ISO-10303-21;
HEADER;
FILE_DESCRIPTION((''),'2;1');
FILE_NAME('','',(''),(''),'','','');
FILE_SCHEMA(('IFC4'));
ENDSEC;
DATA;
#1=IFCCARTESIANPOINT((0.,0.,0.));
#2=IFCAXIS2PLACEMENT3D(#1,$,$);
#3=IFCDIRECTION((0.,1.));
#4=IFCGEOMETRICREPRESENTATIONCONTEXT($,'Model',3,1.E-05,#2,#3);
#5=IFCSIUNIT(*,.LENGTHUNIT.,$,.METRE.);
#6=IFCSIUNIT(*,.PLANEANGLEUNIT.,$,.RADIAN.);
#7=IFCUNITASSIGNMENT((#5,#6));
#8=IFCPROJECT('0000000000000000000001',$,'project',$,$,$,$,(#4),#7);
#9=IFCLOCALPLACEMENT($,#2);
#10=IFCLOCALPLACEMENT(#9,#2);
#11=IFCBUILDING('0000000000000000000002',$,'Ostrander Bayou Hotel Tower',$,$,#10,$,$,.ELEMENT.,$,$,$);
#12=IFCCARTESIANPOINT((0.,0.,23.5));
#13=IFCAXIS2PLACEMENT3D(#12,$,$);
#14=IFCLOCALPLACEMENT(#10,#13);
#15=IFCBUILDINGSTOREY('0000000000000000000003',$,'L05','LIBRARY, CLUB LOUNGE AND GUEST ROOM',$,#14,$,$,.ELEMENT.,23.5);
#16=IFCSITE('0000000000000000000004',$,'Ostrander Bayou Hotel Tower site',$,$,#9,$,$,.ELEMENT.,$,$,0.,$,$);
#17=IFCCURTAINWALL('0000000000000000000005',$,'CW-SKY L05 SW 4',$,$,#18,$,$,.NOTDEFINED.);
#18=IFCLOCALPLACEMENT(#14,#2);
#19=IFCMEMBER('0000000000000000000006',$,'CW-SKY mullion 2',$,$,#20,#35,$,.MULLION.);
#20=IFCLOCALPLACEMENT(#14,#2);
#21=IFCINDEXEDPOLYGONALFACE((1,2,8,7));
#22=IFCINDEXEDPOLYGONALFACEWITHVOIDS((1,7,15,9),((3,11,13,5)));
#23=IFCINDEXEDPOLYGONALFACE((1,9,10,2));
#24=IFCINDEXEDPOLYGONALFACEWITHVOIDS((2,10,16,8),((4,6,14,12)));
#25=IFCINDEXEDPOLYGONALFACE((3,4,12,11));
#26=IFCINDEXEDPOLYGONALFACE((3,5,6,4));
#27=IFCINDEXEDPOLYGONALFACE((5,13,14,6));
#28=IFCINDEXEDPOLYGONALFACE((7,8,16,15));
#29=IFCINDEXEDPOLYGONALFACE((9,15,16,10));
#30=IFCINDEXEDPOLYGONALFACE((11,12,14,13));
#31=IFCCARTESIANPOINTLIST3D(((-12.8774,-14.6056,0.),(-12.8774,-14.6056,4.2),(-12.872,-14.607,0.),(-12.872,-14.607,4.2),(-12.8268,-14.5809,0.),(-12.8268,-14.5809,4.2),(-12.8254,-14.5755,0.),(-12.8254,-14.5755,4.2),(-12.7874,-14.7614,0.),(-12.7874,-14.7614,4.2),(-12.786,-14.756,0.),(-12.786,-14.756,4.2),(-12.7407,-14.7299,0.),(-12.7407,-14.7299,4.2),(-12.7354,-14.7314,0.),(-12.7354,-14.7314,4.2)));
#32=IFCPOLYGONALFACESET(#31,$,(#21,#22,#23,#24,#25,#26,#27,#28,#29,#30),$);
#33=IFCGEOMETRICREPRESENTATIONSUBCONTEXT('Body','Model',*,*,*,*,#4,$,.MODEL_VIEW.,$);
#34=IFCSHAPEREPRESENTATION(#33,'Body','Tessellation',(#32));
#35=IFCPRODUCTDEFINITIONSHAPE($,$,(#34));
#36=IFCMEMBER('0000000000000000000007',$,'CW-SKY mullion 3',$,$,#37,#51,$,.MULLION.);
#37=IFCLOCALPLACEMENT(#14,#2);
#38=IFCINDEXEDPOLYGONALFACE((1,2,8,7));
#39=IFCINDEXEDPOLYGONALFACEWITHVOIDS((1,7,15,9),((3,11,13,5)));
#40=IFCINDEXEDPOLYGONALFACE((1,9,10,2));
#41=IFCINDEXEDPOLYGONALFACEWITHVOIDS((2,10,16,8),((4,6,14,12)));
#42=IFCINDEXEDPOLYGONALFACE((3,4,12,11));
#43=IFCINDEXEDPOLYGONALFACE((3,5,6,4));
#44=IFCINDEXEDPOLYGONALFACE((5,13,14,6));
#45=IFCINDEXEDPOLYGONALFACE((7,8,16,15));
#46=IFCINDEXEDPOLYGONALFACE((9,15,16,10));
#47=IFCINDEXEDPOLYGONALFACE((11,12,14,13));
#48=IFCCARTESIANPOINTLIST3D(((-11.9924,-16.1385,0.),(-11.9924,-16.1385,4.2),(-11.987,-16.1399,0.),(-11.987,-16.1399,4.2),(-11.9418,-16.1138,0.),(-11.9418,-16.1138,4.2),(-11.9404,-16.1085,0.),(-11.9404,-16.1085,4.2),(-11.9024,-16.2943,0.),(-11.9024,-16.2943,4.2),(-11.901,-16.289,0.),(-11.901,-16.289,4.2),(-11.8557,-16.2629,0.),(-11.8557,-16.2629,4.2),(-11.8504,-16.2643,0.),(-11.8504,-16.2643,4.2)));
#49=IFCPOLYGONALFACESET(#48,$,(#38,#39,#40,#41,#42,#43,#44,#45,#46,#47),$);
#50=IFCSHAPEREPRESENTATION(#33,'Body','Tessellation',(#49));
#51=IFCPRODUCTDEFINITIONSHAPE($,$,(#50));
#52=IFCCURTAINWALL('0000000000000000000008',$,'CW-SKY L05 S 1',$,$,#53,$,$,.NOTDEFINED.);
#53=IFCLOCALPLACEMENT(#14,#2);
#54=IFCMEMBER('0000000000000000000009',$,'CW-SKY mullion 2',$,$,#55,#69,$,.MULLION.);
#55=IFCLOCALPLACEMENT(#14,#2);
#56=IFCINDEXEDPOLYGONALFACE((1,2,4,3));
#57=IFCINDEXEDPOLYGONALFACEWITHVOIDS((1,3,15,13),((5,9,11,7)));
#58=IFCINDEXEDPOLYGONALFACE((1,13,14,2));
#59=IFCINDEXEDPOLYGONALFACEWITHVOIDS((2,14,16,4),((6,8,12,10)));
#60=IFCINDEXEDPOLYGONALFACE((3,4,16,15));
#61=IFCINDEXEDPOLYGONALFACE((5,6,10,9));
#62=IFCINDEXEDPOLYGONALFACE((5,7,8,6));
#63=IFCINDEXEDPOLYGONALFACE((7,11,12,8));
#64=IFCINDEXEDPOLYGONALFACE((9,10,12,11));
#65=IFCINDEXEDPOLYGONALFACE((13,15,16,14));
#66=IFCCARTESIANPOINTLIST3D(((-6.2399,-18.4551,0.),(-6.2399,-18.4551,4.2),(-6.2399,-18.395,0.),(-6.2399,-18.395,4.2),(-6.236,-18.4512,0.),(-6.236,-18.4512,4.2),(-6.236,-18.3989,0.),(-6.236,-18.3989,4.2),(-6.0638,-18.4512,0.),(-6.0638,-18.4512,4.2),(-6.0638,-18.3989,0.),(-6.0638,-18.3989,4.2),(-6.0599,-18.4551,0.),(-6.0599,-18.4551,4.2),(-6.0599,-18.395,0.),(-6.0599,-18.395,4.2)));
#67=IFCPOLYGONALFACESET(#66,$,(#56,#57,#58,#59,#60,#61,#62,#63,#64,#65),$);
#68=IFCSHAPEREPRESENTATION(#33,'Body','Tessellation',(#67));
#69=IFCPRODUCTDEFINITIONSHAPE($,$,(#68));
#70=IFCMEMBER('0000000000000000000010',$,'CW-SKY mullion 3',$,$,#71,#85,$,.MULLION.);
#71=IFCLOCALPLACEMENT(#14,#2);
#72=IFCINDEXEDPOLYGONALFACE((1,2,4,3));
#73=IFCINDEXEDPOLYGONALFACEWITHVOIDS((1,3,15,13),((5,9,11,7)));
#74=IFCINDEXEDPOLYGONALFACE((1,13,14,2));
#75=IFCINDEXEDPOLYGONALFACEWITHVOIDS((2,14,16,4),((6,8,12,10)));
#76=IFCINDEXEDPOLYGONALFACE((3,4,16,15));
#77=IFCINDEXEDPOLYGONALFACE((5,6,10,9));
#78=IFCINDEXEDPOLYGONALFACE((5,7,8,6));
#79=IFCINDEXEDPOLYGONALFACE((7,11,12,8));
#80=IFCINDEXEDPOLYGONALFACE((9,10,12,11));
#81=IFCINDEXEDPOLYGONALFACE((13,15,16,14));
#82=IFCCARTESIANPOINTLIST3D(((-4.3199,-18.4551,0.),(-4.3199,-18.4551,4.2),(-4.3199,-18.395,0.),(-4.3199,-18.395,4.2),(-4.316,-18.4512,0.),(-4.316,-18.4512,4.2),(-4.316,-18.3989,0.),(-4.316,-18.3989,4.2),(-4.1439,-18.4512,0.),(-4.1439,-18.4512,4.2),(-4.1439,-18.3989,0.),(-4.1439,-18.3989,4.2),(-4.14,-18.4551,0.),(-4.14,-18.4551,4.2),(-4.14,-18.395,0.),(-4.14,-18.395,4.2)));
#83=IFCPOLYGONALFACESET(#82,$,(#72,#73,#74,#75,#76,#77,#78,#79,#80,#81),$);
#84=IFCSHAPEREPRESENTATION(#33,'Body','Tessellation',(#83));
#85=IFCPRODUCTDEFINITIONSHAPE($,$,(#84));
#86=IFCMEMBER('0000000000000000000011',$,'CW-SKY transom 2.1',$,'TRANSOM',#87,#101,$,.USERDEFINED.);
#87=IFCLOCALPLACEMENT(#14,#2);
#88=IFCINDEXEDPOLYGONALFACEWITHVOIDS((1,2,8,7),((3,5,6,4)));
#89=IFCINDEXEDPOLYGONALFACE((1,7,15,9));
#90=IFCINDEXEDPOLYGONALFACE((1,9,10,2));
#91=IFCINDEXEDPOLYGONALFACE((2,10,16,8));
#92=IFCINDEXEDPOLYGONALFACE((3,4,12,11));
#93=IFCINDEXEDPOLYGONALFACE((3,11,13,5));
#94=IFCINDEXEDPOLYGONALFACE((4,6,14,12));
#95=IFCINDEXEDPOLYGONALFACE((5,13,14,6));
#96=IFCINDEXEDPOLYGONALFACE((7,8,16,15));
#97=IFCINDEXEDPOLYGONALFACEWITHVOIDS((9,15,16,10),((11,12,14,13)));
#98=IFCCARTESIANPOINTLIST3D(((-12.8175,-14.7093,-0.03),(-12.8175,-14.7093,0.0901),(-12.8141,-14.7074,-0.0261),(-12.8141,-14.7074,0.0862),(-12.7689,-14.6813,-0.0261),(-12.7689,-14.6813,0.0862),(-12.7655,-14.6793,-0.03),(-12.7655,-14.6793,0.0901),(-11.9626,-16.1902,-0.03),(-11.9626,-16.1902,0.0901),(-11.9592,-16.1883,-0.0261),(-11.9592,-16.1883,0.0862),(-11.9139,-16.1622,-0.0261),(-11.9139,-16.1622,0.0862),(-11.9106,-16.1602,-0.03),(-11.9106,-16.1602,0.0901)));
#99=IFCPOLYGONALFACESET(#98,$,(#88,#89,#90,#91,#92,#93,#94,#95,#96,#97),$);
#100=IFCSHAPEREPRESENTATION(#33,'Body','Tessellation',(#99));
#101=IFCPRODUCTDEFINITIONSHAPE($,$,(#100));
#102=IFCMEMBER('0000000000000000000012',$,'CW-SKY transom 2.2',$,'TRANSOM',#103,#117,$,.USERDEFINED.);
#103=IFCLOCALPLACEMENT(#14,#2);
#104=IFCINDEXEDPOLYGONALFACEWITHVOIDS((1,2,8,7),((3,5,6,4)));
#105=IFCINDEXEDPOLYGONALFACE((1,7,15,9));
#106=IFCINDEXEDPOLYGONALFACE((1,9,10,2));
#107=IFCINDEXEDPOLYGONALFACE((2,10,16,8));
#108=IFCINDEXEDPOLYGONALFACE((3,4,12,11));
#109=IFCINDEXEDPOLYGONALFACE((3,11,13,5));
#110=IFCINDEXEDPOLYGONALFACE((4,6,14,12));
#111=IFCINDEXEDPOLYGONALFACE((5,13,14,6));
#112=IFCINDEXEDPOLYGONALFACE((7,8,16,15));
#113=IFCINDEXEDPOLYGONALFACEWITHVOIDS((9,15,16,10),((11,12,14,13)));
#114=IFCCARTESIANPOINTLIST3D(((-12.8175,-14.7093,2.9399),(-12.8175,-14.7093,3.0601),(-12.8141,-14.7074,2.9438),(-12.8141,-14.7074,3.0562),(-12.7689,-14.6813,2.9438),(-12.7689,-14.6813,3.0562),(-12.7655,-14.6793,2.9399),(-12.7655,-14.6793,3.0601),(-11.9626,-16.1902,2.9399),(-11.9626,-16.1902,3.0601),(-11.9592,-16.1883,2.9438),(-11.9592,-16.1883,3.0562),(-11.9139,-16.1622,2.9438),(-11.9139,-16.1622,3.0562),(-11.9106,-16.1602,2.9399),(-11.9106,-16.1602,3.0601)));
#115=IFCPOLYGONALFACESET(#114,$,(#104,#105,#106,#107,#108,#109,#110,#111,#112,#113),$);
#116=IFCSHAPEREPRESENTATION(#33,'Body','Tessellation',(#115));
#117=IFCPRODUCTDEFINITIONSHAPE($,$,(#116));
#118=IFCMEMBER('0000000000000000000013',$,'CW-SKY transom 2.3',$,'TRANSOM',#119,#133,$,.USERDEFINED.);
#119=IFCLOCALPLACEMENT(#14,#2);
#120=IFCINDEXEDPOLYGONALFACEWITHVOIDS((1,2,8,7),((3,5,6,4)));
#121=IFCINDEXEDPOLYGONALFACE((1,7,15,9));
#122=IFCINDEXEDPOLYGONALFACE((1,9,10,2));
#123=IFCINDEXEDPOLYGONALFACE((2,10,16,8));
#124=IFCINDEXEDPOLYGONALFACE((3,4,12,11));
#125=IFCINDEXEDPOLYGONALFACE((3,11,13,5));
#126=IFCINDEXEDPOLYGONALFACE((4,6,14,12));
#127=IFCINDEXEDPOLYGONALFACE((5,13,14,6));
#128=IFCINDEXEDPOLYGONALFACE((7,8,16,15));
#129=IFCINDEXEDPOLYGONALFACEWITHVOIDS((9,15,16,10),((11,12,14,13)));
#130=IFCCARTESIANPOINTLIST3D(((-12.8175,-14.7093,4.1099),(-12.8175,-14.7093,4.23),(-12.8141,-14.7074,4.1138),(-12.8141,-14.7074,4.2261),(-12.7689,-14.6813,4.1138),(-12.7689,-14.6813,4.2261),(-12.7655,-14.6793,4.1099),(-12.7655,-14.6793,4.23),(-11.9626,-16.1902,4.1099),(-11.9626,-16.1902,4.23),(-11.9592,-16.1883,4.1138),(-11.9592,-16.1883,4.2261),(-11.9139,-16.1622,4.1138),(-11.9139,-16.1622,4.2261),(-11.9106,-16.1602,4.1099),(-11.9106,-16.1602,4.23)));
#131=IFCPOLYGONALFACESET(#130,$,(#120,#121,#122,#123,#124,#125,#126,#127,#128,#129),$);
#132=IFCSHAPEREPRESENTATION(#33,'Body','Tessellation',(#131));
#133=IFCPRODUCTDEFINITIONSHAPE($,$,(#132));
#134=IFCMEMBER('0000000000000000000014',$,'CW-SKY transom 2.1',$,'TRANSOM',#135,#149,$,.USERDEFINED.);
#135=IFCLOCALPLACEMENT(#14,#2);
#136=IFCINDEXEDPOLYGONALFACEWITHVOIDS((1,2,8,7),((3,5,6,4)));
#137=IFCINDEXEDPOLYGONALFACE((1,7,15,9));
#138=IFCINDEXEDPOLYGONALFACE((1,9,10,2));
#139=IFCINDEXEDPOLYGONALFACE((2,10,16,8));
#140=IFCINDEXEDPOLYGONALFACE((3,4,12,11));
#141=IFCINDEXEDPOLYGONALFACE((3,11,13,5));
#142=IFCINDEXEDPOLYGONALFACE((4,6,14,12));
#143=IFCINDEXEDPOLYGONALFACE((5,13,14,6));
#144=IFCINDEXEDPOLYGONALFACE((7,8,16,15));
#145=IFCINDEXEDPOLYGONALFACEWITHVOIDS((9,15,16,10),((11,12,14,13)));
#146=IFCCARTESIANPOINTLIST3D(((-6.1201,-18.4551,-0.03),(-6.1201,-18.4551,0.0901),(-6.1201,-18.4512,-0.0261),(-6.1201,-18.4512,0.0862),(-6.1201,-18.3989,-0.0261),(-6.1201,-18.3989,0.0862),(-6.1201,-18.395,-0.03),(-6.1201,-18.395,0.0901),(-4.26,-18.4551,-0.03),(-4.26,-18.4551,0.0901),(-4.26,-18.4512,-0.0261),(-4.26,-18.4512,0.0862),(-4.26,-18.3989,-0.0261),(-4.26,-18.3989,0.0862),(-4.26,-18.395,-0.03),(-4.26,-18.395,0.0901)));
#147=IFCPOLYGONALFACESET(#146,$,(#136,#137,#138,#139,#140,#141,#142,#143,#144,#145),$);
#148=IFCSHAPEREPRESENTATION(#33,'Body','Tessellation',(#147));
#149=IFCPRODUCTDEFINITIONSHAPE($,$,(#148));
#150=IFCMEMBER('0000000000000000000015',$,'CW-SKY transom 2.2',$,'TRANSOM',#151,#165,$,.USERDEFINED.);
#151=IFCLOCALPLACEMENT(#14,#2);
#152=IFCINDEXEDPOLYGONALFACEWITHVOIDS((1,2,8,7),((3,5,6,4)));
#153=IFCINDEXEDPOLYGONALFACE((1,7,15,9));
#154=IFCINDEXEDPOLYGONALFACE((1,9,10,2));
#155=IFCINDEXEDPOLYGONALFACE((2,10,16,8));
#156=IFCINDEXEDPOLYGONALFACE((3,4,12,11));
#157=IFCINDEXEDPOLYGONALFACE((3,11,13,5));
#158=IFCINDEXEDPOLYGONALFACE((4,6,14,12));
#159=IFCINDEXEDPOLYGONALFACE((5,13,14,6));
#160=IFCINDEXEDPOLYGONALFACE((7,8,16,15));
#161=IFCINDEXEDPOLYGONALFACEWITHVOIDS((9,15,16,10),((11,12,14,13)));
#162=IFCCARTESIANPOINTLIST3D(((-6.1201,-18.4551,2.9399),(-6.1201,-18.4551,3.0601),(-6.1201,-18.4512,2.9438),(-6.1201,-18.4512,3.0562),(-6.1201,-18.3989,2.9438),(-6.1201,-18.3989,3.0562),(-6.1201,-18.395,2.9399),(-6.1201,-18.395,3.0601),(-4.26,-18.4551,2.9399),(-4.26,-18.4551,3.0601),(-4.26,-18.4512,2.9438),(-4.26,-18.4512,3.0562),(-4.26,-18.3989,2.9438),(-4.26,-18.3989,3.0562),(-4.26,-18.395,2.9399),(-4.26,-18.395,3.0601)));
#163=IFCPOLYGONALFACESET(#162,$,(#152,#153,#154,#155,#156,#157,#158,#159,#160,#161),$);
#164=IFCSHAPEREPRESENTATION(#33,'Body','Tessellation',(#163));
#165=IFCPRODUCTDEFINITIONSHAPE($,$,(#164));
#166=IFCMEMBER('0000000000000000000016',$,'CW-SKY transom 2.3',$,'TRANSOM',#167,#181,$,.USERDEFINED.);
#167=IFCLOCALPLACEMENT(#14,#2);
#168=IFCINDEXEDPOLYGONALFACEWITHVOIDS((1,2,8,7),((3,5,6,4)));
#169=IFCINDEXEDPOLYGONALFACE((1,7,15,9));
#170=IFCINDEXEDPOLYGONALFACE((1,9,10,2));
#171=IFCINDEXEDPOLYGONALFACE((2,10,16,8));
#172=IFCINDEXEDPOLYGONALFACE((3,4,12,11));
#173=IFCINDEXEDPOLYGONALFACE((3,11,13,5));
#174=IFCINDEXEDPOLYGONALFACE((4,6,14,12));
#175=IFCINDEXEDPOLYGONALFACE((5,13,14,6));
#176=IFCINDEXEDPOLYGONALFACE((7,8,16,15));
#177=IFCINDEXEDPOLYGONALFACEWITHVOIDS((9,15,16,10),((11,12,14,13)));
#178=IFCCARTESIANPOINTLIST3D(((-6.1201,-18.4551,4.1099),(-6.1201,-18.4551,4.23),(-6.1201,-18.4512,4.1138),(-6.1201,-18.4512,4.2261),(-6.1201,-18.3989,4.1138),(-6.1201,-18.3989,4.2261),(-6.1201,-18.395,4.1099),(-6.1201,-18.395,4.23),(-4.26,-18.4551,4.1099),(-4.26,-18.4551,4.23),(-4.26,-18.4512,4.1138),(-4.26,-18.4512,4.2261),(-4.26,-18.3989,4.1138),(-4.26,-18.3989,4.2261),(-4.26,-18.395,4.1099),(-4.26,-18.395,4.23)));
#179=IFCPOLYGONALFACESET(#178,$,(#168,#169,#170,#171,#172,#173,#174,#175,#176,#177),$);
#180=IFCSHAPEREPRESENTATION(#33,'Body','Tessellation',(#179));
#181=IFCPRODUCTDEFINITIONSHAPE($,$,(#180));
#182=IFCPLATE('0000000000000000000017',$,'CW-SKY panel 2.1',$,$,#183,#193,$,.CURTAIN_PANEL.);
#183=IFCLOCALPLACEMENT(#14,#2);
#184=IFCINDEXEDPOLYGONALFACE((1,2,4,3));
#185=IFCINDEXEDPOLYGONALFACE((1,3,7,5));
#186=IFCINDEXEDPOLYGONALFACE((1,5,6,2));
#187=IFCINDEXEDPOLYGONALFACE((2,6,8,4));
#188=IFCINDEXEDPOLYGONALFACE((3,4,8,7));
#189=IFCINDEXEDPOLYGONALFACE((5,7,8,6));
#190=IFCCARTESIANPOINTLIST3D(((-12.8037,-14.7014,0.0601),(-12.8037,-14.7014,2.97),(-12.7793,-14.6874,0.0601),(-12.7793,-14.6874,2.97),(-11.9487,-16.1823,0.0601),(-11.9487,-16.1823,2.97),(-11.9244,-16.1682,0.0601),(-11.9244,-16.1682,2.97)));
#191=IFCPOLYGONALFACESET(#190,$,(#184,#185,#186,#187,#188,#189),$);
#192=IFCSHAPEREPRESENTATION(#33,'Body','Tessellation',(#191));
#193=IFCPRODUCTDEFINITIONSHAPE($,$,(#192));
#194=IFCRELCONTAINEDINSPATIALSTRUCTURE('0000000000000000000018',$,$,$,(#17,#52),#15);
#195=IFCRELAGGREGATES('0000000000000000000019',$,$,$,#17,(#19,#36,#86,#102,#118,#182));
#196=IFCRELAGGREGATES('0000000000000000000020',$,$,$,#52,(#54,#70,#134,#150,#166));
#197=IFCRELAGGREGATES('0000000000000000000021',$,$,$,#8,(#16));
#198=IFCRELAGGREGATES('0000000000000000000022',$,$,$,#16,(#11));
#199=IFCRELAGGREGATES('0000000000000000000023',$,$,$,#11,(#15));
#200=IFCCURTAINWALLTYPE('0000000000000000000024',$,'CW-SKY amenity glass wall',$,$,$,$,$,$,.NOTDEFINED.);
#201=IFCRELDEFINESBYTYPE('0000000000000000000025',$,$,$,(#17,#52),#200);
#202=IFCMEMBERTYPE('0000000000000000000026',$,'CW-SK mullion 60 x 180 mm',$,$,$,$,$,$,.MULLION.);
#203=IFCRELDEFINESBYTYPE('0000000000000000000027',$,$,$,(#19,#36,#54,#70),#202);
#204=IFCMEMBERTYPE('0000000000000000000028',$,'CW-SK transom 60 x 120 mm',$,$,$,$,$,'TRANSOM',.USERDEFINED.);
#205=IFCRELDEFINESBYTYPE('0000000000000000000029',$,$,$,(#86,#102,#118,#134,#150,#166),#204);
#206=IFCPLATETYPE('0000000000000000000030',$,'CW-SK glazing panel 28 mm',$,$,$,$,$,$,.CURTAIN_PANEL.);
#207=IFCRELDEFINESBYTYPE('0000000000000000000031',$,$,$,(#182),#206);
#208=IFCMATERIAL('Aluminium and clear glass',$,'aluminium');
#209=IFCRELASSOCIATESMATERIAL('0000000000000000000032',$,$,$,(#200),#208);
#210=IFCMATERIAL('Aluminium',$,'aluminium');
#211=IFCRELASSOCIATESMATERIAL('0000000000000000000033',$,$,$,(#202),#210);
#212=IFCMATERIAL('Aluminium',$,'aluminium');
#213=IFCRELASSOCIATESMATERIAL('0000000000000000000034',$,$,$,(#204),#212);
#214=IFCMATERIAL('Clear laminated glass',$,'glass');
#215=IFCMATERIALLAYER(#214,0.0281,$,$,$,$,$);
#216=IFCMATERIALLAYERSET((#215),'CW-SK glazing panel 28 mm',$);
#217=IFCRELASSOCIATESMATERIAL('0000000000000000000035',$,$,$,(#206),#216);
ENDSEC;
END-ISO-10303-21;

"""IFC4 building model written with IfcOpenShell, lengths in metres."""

from ifc_helpers import new_model, si_unit, direction, frame, origin, origin_2d, place, context, subcontext, project, spatial, rectangle, hollow_rectangle, extrude, material, layer, layer_set, material_profile, profile_set, type_object, element, aggregate, save


model = new_model("IFC4")

# Units and contexts
model_context = context("Model", 3, precision=1e-05, world=origin(), true_north=direction((0.0, 1.0)))
body_context = subcontext(model_context, "Body", "Model", "MODEL_VIEW")
ifc_project = project(units=[si_unit("LENGTHUNIT", "METRE"), si_unit("PLANEANGLEUNIT", "RADIAN")], contexts=[model_context])

# Site, building, storey
site_placement = place(None, origin())
site = spatial("IfcSite", under=ifc_project, at=site_placement, Name="Ostrander Bayou Hotel Tower site", CompositionType="ELEMENT", RefElevation=0.0)
building_placement = place(site_placement, origin())
building = spatial("IfcBuilding", under=site, at=building_placement, Name="Ostrander Bayou Hotel Tower", CompositionType="ELEMENT")
storey_placement = place(building_placement, frame((0.0, 0.0, 23.5)))
storey = spatial("IfcBuildingStorey", under=building, at=storey_placement, Name="L05", Description="LIBRARY, CLUB LOUNGE AND GUEST ROOM", CompositionType="ELEMENT", Elevation=23.5)

# Curtain walls, members
ifc_material_1 = material(Name="Aluminium and clear glass", Category="aluminium")
curtain_wall_type = type_object("IfcCurtainWallType", Name="CW-SKY amenity glass wall", PredefinedType="NOTDEFINED", material=ifc_material_1)
curtain_wall_1_placement = place(storey_placement, origin())
curtain_wall_1 = element("IfcCurtainWall", 1, at=curtain_wall_1_placement, inside=storey, type_object=curtain_wall_type, Name="CW-SKY L05 SW 4", PredefinedType="NOTDEFINED")
ifc_material_2 = material(Name="Aluminium", Category="aluminium")
ifc_material_profile_1 = material_profile(ifc_material_2, hollow_rectangle(XDim=0.0601, YDim=0.1799, WallThickness=0.0039, at=origin_2d()))
ifc_profile_set_1 = profile_set([ifc_material_profile_1], Name="Aluminium")
member_type_1 = type_object("IfcMemberType", Name="CW-SK mullion 60 x 180 mm", PredefinedType="MULLION", material=ifc_profile_set_1)
member_1_placement = place(storey_placement, frame((-12.8064, -14.6685, 0.0), z_axis=(0.0, 0.0, 1.0), x_axis=(0.866026, 0.499999, 0.0)))
member_1 = element("IfcMember", 2, at=member_1_placement, type_object=member_type_1, Name="CW-SKY mullion 2", PredefinedType="MULLION", context=body_context, shape_type="SweptSolid", body=[
    extrude(hollow_rectangle(XDim=0.0601, YDim=0.1799, WallThickness=0.0039, at=origin_2d()), origin(), (0.0, 0.0, 1.0), 4.2),
])
member_2_placement = place(storey_placement, frame((-11.9214, -16.2014, 0.0), z_axis=(0.0, 0.0, 1.0), x_axis=(0.866026, 0.499999, 0.0)))
member_2 = element("IfcMember", 3, at=member_2_placement, type_object=member_type_1, Name="CW-SKY mullion 3", PredefinedType="MULLION", context=body_context, shape_type="SweptSolid", body=[
    extrude(hollow_rectangle(XDim=0.0601, YDim=0.1799, WallThickness=0.0039, at=origin_2d()), origin(), (0.0, 0.0, 1.0), 4.2),
])
curtain_wall_2_placement = place(storey_placement, origin())
curtain_wall_2 = element("IfcCurtainWall", 4, at=curtain_wall_2_placement, inside=storey, type_object=curtain_wall_type, Name="CW-SKY L05 S 1", PredefinedType="NOTDEFINED")
member_3_placement = place(storey_placement, frame((-6.1499, -18.425, 0.0), z_axis=(0.0, 0.0, 1.0), x_axis=(0.0, 1.0, 0.0)))
member_3 = element("IfcMember", 5, at=member_3_placement, type_object=member_type_1, Name="CW-SKY mullion 2", PredefinedType="MULLION", context=body_context, shape_type="SweptSolid", body=[
    extrude(hollow_rectangle(XDim=0.0601, YDim=0.1799, WallThickness=0.0039, at=origin_2d()), origin(), (0.0, 0.0, 1.0), 4.2),
])
member_4_placement = place(storey_placement, frame((-4.23, -18.425, 0.0), z_axis=(0.0, 0.0, 1.0), x_axis=(0.0, 1.0, 0.0)))
member_4 = element("IfcMember", 6, at=member_4_placement, type_object=member_type_1, Name="CW-SKY mullion 3", PredefinedType="MULLION", context=body_context, shape_type="SweptSolid", body=[
    extrude(hollow_rectangle(XDim=0.0601, YDim=0.1799, WallThickness=0.0039, at=origin_2d()), origin(), (0.0, 0.0, 1.0), 4.2),
])

# Members
ifc_material_3 = material(Name="Aluminium", Category="aluminium")
ifc_material_profile_2 = material_profile(ifc_material_3, hollow_rectangle(XDim=0.0601, YDim=0.1201, WallThickness=0.0039, at=origin_2d()))
ifc_profile_set_2 = profile_set([ifc_material_profile_2], Name="Aluminium")
member_type_2 = type_object("IfcMemberType", Name="CW-SK transom 60 x 120 mm", ElementType="TRANSOM", PredefinedType="USERDEFINED", material=ifc_profile_set_2)
member_5_placement = place(storey_placement, frame((-12.7915, -14.6943, 0.03), z_axis=(0.499978, -0.866038, 0.0), x_axis=(0.866038, 0.499978, 0.0)))
member_5 = element("IfcMember", 7, at=member_5_placement, type_object=member_type_2, Name="CW-SKY transom 2.1", ObjectType="TRANSOM", PredefinedType="USERDEFINED", context=body_context, shape_type="SweptSolid", body=[
    extrude(hollow_rectangle(XDim=0.0601, YDim=0.1201, WallThickness=0.0039, at=origin_2d()), origin(), (0.0, 0.0, 1.0), 1.71),
])
member_6_placement = place(storey_placement, frame((-12.7915, -14.6943, 3.0), z_axis=(0.499978, -0.866038, 0.0), x_axis=(0.866038, 0.499978, 0.0)))
member_6 = element("IfcMember", 8, at=member_6_placement, type_object=member_type_2, Name="CW-SKY transom 2.2", ObjectType="TRANSOM", PredefinedType="USERDEFINED", context=body_context, shape_type="SweptSolid", body=[
    extrude(hollow_rectangle(XDim=0.0601, YDim=0.1201, WallThickness=0.0039, at=origin_2d()), origin(), (0.0, 0.0, 1.0), 1.71),
])
member_7_placement = place(storey_placement, frame((-12.7915, -14.6943, 4.1699), z_axis=(0.499978, -0.866038, 0.0), x_axis=(0.866038, 0.499978, 0.0)))
member_7 = element("IfcMember", 9, at=member_7_placement, type_object=member_type_2, Name="CW-SKY transom 2.3", ObjectType="TRANSOM", PredefinedType="USERDEFINED", context=body_context, shape_type="SweptSolid", body=[
    extrude(hollow_rectangle(XDim=0.0601, YDim=0.1201, WallThickness=0.0039, at=origin_2d()), origin(), (0.0, 0.0, 1.0), 1.71),
])
member_8_placement = place(storey_placement, frame((-6.1201, -18.425, 0.03), z_axis=(1.0, 0.0, 0.0), x_axis=(0.0, 1.0, 0.0)))
member_8 = element("IfcMember", 10, at=member_8_placement, type_object=member_type_2, Name="CW-SKY transom 2.1", ObjectType="TRANSOM", PredefinedType="USERDEFINED", context=body_context, shape_type="SweptSolid", body=[
    extrude(hollow_rectangle(XDim=0.0601, YDim=0.1201, WallThickness=0.0039, at=origin_2d()), origin(), (0.0, 0.0, 1.0), 1.8601),
])
member_9_placement = place(storey_placement, frame((-6.1201, -18.425, 3.0), z_axis=(1.0, 0.0, 0.0), x_axis=(0.0, 1.0, 0.0)))
member_9 = element("IfcMember", 11, at=member_9_placement, type_object=member_type_2, Name="CW-SKY transom 2.2", ObjectType="TRANSOM", PredefinedType="USERDEFINED", context=body_context, shape_type="SweptSolid", body=[
    extrude(hollow_rectangle(XDim=0.0601, YDim=0.1201, WallThickness=0.0039, at=origin_2d()), origin(), (0.0, 0.0, 1.0), 1.8601),
])
member_10_placement = place(storey_placement, frame((-6.1201, -18.425, 4.1699), z_axis=(1.0, 0.0, 0.0), x_axis=(0.0, 1.0, 0.0)))
member_10 = element("IfcMember", 12, at=member_10_placement, type_object=member_type_2, Name="CW-SKY transom 2.3", ObjectType="TRANSOM", PredefinedType="USERDEFINED", context=body_context, shape_type="SweptSolid", body=[
    extrude(hollow_rectangle(XDim=0.0601, YDim=0.1201, WallThickness=0.0039, at=origin_2d()), origin(), (0.0, 0.0, 1.0), 1.8601),
])

# Plate
ifc_material_4 = material(Name="Clear laminated glass", Category="glass")
ifc_layer_1 = layer(ifc_material_4, 0.0281)
ifc_layer_set_1 = layer_set([ifc_layer_1], Name="CW-SK glazing panel 28 mm")
plate_type = type_object("IfcPlateType", Name="CW-SK glazing panel 28 mm", PredefinedType="CURTAIN_PANEL", material=ifc_layer_set_1)
plate_1_placement = place(storey_placement, frame((-12.364, -15.4348, 0.0601), z_axis=(0.0, 0.0, 1.0), x_axis=(0.499999, -0.866026, 0.0)))
plate_1 = element("IfcPlate", 13, at=plate_1_placement, type_object=plate_type, Name="CW-SKY panel 2.1", PredefinedType="CURTAIN_PANEL", context=body_context, shape_type="SweptSolid", body=[
    extrude(rectangle(XDim=1.71, YDim=0.0281, at=origin_2d()), origin(), (0.0, 0.0, 1.0), 2.9099),
])
aggregate(curtain_wall_1, [member_1, member_2, member_5, member_6, member_7, plate_1])
aggregate(curtain_wall_2, [member_3, member_4, member_8, member_9, member_10])

save(model, "model.ifc")
